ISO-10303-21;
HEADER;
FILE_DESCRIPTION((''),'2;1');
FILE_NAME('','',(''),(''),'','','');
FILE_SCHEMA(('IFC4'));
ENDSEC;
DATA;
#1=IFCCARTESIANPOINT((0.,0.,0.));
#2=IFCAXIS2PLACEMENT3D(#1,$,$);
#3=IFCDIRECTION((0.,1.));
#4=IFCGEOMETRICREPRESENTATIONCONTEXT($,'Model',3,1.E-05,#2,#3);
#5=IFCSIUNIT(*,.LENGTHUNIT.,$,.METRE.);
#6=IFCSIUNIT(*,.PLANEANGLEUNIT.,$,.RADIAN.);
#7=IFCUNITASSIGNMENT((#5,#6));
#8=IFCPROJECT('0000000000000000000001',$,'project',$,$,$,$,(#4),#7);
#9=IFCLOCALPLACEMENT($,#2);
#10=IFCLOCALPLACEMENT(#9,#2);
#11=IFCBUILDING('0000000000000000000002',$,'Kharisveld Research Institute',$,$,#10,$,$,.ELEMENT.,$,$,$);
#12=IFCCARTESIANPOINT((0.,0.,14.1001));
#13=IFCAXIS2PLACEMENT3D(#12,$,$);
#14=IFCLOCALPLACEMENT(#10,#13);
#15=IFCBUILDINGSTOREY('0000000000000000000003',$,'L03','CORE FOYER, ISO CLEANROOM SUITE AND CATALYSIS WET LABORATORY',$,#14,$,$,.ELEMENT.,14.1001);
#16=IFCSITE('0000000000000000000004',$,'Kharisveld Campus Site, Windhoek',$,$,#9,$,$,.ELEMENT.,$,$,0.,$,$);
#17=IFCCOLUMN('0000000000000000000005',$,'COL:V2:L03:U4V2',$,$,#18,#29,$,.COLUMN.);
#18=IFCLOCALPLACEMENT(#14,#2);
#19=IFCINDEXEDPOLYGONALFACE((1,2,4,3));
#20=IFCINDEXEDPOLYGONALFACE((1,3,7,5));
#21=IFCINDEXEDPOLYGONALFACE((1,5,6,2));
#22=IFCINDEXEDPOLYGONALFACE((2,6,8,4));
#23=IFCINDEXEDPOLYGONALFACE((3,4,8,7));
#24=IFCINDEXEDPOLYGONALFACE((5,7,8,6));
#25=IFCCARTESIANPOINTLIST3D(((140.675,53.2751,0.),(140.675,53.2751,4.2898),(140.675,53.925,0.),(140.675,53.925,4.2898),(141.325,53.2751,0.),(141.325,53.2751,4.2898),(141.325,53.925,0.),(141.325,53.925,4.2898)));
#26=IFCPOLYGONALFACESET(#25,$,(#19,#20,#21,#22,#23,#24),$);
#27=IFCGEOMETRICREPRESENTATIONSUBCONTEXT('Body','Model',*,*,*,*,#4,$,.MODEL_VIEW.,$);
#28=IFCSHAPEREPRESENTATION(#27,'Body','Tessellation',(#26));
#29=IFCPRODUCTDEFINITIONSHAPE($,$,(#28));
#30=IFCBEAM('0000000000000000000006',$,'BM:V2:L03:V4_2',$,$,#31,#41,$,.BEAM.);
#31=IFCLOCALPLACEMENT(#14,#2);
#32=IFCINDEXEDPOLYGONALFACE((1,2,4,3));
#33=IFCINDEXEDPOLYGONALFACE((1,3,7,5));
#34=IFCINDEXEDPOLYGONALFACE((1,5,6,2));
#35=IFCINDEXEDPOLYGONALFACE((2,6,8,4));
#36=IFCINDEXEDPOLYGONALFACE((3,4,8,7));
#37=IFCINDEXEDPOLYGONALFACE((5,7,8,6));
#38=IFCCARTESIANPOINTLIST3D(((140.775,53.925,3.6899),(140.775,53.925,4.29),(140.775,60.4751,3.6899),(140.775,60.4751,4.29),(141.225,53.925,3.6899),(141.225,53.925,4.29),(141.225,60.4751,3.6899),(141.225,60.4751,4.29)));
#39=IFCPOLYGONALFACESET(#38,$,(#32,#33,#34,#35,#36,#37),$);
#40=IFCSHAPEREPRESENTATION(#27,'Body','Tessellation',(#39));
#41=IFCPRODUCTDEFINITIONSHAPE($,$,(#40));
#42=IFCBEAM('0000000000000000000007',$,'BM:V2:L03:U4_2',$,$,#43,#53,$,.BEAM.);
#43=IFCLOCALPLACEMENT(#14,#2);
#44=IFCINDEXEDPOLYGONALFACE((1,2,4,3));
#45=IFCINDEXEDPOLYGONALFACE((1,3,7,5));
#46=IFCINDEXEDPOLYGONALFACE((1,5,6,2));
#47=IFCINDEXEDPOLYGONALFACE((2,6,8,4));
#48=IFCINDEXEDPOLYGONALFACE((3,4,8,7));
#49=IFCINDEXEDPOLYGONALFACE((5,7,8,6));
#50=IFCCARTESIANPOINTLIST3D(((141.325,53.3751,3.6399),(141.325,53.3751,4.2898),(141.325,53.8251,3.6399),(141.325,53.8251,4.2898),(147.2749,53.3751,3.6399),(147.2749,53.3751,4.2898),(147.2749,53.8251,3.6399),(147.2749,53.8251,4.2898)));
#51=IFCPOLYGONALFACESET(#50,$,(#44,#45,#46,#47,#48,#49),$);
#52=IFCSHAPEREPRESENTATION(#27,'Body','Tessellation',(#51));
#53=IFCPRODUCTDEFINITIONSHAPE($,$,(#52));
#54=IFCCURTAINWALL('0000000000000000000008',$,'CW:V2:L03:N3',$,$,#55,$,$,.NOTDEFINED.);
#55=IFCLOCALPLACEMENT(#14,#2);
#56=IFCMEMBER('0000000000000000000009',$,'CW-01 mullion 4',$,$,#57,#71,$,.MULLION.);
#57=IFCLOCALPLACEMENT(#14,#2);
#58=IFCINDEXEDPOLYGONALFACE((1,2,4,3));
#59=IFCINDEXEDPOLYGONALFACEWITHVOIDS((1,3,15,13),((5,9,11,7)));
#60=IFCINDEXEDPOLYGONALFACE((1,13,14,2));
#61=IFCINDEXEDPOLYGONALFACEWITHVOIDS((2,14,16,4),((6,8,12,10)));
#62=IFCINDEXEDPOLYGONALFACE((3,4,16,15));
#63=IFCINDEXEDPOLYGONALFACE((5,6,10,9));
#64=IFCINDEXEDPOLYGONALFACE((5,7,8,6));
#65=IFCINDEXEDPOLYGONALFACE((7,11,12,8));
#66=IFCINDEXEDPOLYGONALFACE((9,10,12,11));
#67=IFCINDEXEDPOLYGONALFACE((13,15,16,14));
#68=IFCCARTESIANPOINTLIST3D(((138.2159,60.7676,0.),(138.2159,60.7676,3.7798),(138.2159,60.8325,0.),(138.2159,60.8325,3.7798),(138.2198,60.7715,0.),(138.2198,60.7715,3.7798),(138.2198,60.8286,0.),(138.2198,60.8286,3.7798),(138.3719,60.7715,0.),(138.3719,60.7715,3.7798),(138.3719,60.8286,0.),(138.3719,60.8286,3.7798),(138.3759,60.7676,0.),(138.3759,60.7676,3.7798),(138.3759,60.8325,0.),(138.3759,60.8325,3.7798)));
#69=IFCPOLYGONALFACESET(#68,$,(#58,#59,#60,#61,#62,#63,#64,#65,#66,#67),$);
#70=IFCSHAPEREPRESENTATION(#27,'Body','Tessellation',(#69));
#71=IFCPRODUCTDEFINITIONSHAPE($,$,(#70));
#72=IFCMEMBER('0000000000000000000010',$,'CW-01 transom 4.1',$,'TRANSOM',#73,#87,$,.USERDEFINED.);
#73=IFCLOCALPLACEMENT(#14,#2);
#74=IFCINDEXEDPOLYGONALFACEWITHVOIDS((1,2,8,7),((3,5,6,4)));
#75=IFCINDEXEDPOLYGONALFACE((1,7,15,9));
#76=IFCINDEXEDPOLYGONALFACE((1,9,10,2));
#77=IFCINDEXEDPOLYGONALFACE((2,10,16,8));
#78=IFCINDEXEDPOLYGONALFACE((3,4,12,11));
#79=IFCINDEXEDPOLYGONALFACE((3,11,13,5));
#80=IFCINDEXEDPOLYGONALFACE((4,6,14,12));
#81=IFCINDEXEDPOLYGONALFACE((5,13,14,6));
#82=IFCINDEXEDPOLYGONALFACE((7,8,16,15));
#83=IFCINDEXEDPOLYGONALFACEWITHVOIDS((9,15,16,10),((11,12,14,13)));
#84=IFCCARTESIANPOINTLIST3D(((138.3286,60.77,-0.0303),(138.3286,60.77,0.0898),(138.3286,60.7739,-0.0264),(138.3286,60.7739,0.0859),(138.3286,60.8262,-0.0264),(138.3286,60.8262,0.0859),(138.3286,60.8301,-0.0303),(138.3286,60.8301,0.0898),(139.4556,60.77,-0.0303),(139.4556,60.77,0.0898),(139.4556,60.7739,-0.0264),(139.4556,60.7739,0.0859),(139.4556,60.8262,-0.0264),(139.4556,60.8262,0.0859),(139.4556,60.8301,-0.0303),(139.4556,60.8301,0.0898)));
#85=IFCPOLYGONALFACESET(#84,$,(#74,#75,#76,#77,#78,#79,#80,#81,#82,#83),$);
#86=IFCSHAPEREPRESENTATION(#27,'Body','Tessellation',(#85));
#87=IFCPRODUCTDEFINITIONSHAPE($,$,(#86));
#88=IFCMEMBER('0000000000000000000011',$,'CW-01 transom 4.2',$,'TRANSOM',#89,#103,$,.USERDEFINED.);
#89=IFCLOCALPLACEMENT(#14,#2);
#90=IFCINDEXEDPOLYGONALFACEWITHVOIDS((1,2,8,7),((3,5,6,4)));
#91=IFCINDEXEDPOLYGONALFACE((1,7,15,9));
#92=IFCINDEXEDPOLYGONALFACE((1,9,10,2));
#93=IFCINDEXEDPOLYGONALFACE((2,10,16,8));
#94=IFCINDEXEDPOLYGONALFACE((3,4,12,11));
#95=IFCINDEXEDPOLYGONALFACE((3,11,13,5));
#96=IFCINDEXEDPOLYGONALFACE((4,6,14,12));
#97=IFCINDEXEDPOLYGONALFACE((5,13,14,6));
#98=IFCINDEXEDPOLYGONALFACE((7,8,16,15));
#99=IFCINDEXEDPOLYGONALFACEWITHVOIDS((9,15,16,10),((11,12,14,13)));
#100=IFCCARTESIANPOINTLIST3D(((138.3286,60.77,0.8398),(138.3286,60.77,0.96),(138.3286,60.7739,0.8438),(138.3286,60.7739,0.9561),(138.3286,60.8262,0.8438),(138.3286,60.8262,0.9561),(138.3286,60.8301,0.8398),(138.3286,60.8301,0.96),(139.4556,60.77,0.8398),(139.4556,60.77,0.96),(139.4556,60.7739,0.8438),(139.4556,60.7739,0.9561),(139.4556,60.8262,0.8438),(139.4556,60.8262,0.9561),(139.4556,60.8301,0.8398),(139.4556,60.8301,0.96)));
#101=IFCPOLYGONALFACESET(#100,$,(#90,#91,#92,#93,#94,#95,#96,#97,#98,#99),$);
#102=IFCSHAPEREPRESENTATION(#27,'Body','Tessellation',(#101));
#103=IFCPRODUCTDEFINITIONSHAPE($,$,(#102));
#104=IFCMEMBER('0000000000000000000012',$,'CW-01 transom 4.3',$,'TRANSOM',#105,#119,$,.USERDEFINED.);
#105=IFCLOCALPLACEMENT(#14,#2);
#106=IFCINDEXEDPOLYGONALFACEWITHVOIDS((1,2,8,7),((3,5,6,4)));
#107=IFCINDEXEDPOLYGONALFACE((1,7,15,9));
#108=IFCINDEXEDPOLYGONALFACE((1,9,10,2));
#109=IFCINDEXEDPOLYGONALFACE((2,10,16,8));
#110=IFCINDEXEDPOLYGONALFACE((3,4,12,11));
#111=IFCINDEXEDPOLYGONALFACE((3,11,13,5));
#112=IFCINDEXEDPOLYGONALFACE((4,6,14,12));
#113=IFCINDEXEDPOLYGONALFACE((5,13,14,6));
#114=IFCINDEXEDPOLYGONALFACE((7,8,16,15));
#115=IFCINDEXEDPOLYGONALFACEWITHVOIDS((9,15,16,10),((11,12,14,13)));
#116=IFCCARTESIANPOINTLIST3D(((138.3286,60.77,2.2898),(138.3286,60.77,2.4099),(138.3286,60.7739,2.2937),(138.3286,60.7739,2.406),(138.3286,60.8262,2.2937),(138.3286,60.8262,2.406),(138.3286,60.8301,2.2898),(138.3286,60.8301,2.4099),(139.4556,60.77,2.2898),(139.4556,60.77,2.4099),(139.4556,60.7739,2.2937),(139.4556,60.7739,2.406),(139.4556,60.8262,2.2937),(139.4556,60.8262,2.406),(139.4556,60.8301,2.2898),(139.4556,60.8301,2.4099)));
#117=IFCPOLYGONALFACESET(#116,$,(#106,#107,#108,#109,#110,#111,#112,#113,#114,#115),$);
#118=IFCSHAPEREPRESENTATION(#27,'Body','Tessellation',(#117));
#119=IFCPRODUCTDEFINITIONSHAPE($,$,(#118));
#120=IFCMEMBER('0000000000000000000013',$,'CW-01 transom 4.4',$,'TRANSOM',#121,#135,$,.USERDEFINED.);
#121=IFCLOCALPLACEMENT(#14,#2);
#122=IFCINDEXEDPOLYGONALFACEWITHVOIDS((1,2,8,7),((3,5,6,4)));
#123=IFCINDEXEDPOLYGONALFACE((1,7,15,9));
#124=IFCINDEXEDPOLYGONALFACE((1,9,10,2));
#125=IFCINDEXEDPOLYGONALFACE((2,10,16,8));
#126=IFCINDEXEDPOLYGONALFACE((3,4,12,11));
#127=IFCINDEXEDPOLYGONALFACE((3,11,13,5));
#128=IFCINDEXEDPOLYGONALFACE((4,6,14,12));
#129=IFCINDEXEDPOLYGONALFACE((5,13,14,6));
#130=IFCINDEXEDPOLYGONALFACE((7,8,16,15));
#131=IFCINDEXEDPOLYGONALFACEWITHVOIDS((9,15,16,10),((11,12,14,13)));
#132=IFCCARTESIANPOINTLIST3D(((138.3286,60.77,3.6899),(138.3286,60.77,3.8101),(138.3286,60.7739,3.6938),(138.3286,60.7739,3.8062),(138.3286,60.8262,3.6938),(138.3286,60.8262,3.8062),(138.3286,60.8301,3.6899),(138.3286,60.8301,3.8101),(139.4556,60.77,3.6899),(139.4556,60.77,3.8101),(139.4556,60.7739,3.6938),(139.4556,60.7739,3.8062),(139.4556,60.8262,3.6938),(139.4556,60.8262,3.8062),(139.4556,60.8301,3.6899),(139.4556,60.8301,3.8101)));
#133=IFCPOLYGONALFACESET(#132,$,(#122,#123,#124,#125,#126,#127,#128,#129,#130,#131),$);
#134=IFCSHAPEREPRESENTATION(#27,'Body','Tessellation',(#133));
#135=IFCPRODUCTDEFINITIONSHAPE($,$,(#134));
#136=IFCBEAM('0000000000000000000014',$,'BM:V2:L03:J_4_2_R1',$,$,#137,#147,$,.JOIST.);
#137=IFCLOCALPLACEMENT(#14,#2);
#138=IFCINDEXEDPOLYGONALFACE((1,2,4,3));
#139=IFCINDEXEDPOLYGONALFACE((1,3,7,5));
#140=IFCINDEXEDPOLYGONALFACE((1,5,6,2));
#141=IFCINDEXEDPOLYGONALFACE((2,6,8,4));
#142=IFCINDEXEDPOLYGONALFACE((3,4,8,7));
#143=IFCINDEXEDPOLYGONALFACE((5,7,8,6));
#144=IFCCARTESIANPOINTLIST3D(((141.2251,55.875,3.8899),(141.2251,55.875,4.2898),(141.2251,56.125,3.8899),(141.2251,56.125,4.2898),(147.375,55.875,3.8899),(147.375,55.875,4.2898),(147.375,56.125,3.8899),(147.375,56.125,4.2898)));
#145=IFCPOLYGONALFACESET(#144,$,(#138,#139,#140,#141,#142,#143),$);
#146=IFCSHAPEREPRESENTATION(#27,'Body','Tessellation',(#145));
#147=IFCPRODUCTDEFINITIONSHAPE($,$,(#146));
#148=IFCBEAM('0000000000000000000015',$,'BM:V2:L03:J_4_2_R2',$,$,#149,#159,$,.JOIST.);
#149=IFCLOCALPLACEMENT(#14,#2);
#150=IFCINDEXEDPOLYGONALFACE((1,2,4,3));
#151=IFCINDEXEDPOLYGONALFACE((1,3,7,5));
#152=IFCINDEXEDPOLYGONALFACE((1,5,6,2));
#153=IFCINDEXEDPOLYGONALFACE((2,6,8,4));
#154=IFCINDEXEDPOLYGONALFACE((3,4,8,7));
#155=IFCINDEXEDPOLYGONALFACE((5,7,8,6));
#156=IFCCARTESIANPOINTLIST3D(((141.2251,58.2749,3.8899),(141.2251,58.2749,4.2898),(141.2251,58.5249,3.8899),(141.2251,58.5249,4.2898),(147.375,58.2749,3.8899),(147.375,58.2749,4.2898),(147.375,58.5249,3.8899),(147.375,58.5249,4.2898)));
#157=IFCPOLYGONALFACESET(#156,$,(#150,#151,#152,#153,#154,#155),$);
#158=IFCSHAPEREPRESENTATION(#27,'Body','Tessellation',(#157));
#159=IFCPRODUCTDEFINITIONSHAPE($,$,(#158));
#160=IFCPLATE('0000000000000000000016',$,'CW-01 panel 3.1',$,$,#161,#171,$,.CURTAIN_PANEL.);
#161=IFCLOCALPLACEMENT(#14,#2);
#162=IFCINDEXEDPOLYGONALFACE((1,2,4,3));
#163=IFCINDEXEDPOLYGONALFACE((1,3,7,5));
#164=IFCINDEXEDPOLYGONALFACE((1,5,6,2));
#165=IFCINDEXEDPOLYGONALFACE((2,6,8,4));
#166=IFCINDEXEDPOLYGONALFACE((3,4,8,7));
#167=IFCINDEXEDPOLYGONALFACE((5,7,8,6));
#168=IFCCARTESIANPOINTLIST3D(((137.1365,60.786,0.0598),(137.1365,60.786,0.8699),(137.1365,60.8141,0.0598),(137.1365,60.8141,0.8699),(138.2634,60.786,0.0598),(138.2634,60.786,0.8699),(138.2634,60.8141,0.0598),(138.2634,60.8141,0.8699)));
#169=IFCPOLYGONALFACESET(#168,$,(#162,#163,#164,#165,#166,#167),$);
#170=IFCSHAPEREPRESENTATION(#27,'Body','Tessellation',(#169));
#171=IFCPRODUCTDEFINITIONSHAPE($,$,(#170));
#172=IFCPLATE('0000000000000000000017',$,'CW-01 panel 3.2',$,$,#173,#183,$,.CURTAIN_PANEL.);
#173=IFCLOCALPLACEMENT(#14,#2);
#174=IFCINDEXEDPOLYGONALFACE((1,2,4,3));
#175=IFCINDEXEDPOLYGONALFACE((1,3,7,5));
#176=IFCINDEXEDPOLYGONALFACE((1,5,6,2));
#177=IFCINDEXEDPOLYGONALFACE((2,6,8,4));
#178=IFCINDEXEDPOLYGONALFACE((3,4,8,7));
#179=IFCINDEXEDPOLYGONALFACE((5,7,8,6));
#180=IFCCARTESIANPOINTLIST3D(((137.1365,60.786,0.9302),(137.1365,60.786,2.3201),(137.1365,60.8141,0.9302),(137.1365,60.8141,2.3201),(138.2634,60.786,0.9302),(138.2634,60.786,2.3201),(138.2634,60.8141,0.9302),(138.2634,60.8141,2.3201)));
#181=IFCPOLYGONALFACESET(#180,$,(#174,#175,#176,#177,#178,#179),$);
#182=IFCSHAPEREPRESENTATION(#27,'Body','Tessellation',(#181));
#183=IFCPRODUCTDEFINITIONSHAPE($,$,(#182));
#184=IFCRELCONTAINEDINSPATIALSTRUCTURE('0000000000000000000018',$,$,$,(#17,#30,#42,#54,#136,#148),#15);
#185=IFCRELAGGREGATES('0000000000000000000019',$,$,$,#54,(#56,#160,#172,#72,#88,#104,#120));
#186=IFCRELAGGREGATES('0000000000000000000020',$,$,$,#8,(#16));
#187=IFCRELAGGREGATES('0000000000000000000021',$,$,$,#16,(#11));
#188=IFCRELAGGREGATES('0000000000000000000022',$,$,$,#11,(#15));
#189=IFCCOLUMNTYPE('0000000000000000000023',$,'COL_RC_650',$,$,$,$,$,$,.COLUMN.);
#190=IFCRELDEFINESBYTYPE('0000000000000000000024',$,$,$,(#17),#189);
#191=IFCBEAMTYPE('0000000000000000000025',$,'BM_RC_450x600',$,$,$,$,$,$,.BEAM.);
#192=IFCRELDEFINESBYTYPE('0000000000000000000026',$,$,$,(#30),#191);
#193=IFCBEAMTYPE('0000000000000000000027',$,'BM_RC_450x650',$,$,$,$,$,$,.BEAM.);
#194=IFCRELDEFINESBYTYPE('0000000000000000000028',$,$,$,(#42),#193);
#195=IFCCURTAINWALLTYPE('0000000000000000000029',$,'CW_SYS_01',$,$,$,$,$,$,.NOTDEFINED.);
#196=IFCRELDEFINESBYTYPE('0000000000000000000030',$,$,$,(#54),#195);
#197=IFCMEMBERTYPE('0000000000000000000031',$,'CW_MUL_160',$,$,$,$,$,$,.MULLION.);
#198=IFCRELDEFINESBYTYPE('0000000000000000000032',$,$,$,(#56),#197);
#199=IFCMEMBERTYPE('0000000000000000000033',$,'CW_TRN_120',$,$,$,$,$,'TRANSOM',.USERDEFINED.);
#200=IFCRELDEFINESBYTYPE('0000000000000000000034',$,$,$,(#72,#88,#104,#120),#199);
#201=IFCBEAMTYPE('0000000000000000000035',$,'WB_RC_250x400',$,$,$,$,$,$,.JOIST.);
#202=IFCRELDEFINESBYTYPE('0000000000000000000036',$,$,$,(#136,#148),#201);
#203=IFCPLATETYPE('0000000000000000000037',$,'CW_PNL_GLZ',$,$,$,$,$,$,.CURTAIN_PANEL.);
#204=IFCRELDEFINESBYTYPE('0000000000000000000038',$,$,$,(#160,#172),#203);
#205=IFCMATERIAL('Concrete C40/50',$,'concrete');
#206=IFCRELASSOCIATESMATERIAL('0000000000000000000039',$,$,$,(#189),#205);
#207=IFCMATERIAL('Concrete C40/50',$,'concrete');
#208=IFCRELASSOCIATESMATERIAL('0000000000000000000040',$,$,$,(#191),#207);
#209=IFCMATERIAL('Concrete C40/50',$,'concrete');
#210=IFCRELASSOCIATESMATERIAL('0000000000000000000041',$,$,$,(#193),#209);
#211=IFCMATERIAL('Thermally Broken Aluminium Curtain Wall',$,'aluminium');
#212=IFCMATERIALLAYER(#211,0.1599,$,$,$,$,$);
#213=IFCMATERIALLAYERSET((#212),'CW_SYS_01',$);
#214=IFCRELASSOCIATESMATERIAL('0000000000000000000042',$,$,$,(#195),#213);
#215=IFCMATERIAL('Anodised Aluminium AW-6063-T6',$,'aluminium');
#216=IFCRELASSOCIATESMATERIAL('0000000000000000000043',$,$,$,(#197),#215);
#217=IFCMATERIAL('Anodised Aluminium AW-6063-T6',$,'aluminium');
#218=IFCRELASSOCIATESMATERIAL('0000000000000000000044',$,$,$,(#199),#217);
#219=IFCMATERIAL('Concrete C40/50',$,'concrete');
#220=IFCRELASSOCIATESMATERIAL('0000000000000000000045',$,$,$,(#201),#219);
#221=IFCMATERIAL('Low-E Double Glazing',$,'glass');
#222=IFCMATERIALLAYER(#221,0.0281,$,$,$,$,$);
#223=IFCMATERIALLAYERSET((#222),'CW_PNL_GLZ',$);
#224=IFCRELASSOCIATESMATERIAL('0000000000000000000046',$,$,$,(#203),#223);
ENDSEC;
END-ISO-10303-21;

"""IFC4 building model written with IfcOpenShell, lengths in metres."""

from ifc_helpers import new_model, si_unit, direction, frame, origin, origin_2d, place, context, subcontext, project, spatial, rectangle, hollow_rectangle, extrude, material, layer, layer_set, material_profile, profile_set, type_object, element, aggregate, save


model = new_model("IFC4")

# Units and contexts
model_context = context("Model", 3, precision=1e-05, world=origin(), true_north=direction((0.0, 1.0)))
body_context = subcontext(model_context, "Body", "Model", "MODEL_VIEW")
ifc_project = project(units=[si_unit("LENGTHUNIT", "METRE"), si_unit("PLANEANGLEUNIT", "RADIAN")], contexts=[model_context])

# Site, building, storey
site_placement = place(None, origin())
site = spatial("IfcSite", under=ifc_project, at=site_placement, Name="Kharisveld Campus Site, Windhoek", CompositionType="ELEMENT", RefElevation=0.0)
building_placement = place(site_placement, origin())
building = spatial("IfcBuilding", under=site, at=building_placement, Name="Kharisveld Research Institute", CompositionType="ELEMENT")
storey_placement = place(building_placement, frame((0.0, 0.0, 14.1001)))
storey = spatial("IfcBuildingStorey", under=building, at=storey_placement, Name="L03", Description="CORE FOYER, ISO CLEANROOM SUITE AND CATALYSIS WET LABORATORY", CompositionType="ELEMENT", Elevation=14.1001)

# Column
ifc_material_1 = material(Name="Concrete C40/50", Category="concrete")
ifc_material_profile_1 = material_profile(ifc_material_1, rectangle(XDim=0.6499, YDim=0.6499, at=origin_2d()))
ifc_profile_set_1 = profile_set([ifc_material_profile_1], Name="Concrete C40/50")
column_type = type_object("IfcColumnType", Name="COL_RC_650", PredefinedType="COLUMN", material=ifc_profile_set_1)
column_placement = place(storey_placement, frame((141.0, 53.6001, 0.0), z_axis=(0.0, 0.0, 1.0), x_axis=(1.0, 0.0, 0.0)))
element("IfcColumn", 1, at=column_placement, inside=storey, type_object=column_type, Name="COL:V2:L03:U4V2", PredefinedType="COLUMN", context=body_context, shape_type="SweptSolid", body=[
    extrude(rectangle(XDim=0.6499, YDim=0.6499, at=origin_2d()), origin(), (0.0, 0.0, 1.0), 4.2898),
])

# Beams
ifc_material_2 = material(Name="Concrete C40/50", Category="concrete")
ifc_material_profile_2 = material_profile(ifc_material_2, rectangle(XDim=0.45, YDim=0.6001, at=origin_2d()))
ifc_profile_set_2 = profile_set([ifc_material_profile_2], Name="Concrete C40/50")
beam_type_1 = type_object("IfcBeamType", Name="BM_RC_450x600", PredefinedType="BEAM", material=ifc_profile_set_2)
beam_1_placement = place(storey_placement, frame((141.0, 53.925, 3.99), z_axis=(0.0, 1.0, 0.0), x_axis=(-1.0, 0.0, 0.0)))
element("IfcBeam", 2, at=beam_1_placement, inside=storey, type_object=beam_type_1, Name="BM:V2:L03:V4_2", PredefinedType="BEAM", context=body_context, shape_type="SweptSolid", body=[
    extrude(rectangle(XDim=0.45, YDim=0.6001, at=origin_2d()), origin(), (0.0, 0.0, 1.0), 6.55),
])
ifc_material_3 = material(Name="Concrete C40/50", Category="concrete")
ifc_material_profile_3 = material_profile(ifc_material_3, rectangle(XDim=0.45, YDim=0.6499, at=origin_2d()))
ifc_profile_set_3 = profile_set([ifc_material_profile_3], Name="Concrete C40/50")
beam_type_2 = type_object("IfcBeamType", Name="BM_RC_450x650", PredefinedType="BEAM", material=ifc_profile_set_3)
beam_2_placement = place(storey_placement, frame((141.325, 53.6001, 3.9648), z_axis=(1.0, 0.0, 0.0), x_axis=(0.0, 1.0, 0.0)))
element("IfcBeam", 3, at=beam_2_placement, inside=storey, type_object=beam_type_2, Name="BM:V2:L03:U4_2", PredefinedType="BEAM", context=body_context, shape_type="SweptSolid", body=[
    extrude(rectangle(XDim=0.45, YDim=0.6499, at=origin_2d()), origin(), (0.0, 0.0, 1.0), 5.95),
])

# Curtain wall, members
ifc_material_4 = material(Name="Thermally Broken Aluminium Curtain Wall", Category="aluminium")
ifc_layer_1 = layer(ifc_material_4, 0.1599)
ifc_layer_set_1 = layer_set([ifc_layer_1], Name="CW_SYS_01")
curtain_wall_type = type_object("IfcCurtainWallType", Name="CW_SYS_01", PredefinedType="NOTDEFINED", material=ifc_layer_set_1)
curtain_wall_placement = place(storey_placement, origin())
curtain_wall = element("IfcCurtainWall", 4, at=curtain_wall_placement, inside=storey, type_object=curtain_wall_type, Name="CW:V2:L03:N3", PredefinedType="NOTDEFINED")
ifc_material_5 = material(Name="Anodised Aluminium AW-6063-T6", Category="aluminium")
ifc_material_profile_4 = material_profile(ifc_material_5, hollow_rectangle(XDim=0.0649, YDim=0.1599, WallThickness=0.0039, at=origin_2d()))
ifc_profile_set_4 = profile_set([ifc_material_profile_4], Name="Anodised Aluminium AW-6063-T6")
member_type_1 = type_object("IfcMemberType", Name="CW_MUL_160", PredefinedType="MULLION", material=ifc_profile_set_4)
member_1_placement = place(storey_placement, frame((138.2959, 60.8, 0.0), z_axis=(0.0, 0.0, 1.0), x_axis=(0.0, 1.0, 0.0)))
member_1 = element("IfcMember", 5, at=member_1_placement, type_object=member_type_1, Name="CW-01 mullion 4", PredefinedType="MULLION", context=body_context, shape_type="SweptSolid", body=[
    extrude(hollow_rectangle(XDim=0.0649, YDim=0.1599, WallThickness=0.0039, at=origin_2d()), origin(), (0.0, 0.0, 1.0), 3.7798),
])
ifc_material_6 = material(Name="Anodised Aluminium AW-6063-T6", Category="aluminium")
ifc_material_profile_5 = material_profile(ifc_material_6, hollow_rectangle(XDim=0.0601, YDim=0.1201, WallThickness=0.0039, at=origin_2d()))
ifc_profile_set_5 = profile_set([ifc_material_profile_5], Name="Anodised Aluminium AW-6063-T6")
member_type_2 = type_object("IfcMemberType", Name="CW_TRN_120", ElementType="TRANSOM", PredefinedType="USERDEFINED", material=ifc_profile_set_5)
member_2_placement = place(storey_placement, frame((138.3286, 60.8, 0.0298), z_axis=(1.0, 0.0, 0.0), x_axis=(0.0, 1.0, 0.0)))
member_2 = element("IfcMember", 6, at=member_2_placement, type_object=member_type_2, Name="CW-01 transom 4.1", ObjectType="TRANSOM", PredefinedType="USERDEFINED", context=body_context, shape_type="SweptSolid", body=[
    extrude(hollow_rectangle(XDim=0.0601, YDim=0.1201, WallThickness=0.0039, at=origin_2d()), origin(), (0.0, 0.0, 1.0), 1.127),
])
member_3_placement = place(storey_placement, frame((138.3286, 60.8, 0.8999), z_axis=(1.0, 0.0, 0.0), x_axis=(0.0, 1.0, 0.0)))
member_3 = element("IfcMember", 7, at=member_3_placement, type_object=member_type_2, Name="CW-01 transom 4.2", ObjectType="TRANSOM", PredefinedType="USERDEFINED", context=body_context, shape_type="SweptSolid", body=[
    extrude(hollow_rectangle(XDim=0.0601, YDim=0.1201, WallThickness=0.0039, at=origin_2d()), origin(), (0.0, 0.0, 1.0), 1.127),
])
member_4_placement = place(storey_placement, frame((138.3286, 60.8, 2.3499), z_axis=(1.0, 0.0, 0.0), x_axis=(0.0, 1.0, 0.0)))
member_4 = element("IfcMember", 8, at=member_4_placement, type_object=member_type_2, Name="CW-01 transom 4.3", ObjectType="TRANSOM", PredefinedType="USERDEFINED", context=body_context, shape_type="SweptSolid", body=[
    extrude(hollow_rectangle(XDim=0.0601, YDim=0.1201, WallThickness=0.0039, at=origin_2d()), origin(), (0.0, 0.0, 1.0), 1.127),
])
member_5_placement = place(storey_placement, frame((138.3286, 60.8, 3.75), z_axis=(1.0, 0.0, 0.0), x_axis=(0.0, 1.0, 0.0)))
member_5 = element("IfcMember", 9, at=member_5_placement, type_object=member_type_2, Name="CW-01 transom 4.4", ObjectType="TRANSOM", PredefinedType="USERDEFINED", context=body_context, shape_type="SweptSolid", body=[
    extrude(hollow_rectangle(XDim=0.0601, YDim=0.1201, WallThickness=0.0039, at=origin_2d()), origin(), (0.0, 0.0, 1.0), 1.127),
])

# Beams
ifc_material_7 = material(Name="Concrete C40/50", Category="concrete")
ifc_material_profile_6 = material_profile(ifc_material_7, rectangle(XDim=0.25, YDim=0.3999, at=origin_2d()))
ifc_profile_set_6 = profile_set([ifc_material_profile_6], Name="Concrete C40/50")
beam_type_3 = type_object("IfcBeamType", Name="WB_RC_250x400", PredefinedType="JOIST", material=ifc_profile_set_6)
for number, where, z_axis, x_axis, name in (
    (10, (141.2251, 56.0, 4.0898), (1.0, 0.0, 0.0), (0.0, 1.0, 0.0), "BM:V2:L03:J_4_2_R1"),
    (11, (141.2251, 58.3999, 4.0898), (1.0, 0.0, 0.0), (0.0, 1.0, 0.0), "BM:V2:L03:J_4_2_R2"),
):
    element("IfcBeam", number, at=place(storey_placement, frame(where, z_axis=z_axis, x_axis=x_axis)), inside=storey, type_object=beam_type_3, Name=name, PredefinedType="JOIST", context=body_context, shape_type="SweptSolid", body=[
        extrude(rectangle(XDim=0.25, YDim=0.3999, at=origin_2d()), origin(), (0.0, 0.0, 1.0), 6.1499),
    ])

# Plates
ifc_material_8 = material(Name="Low-E Double Glazing", Category="glass")
ifc_layer_2 = layer(ifc_material_8, 0.0281)
ifc_layer_set_2 = layer_set([ifc_layer_2], Name="CW_PNL_GLZ")
plate_type = type_object("IfcPlateType", Name="CW_PNL_GLZ", PredefinedType="CURTAIN_PANEL", material=ifc_layer_set_2)
plate_1_placement = place(storey_placement, frame((137.7, 60.8, 0.0598), z_axis=(0.0, 0.0, 1.0), x_axis=(1.0, 0.0, 0.0)))
plate_1 = element("IfcPlate", 12, at=plate_1_placement, type_object=plate_type, Name="CW-01 panel 3.1", PredefinedType="CURTAIN_PANEL", context=body_context, shape_type="SweptSolid", body=[
    extrude(rectangle(XDim=1.127, YDim=0.0281, at=origin_2d()), origin(), (0.0, 0.0, 1.0), 0.8101),
])
plate_2_placement = place(storey_placement, frame((137.7, 60.8, 0.9302), z_axis=(0.0, 0.0, 1.0), x_axis=(1.0, 0.0, 0.0)))
plate_2 = element("IfcPlate", 13, at=plate_2_placement, type_object=plate_type, Name="CW-01 panel 3.2", PredefinedType="CURTAIN_PANEL", context=body_context, shape_type="SweptSolid", body=[
    extrude(rectangle(XDim=1.127, YDim=0.0281, at=origin_2d()), origin(), (0.0, 0.0, 1.0), 1.3899),
])
aggregate(curtain_wall, [member_1, plate_1, plate_2, member_2, member_3, member_4, member_5])

save(model, "model.ifc")
